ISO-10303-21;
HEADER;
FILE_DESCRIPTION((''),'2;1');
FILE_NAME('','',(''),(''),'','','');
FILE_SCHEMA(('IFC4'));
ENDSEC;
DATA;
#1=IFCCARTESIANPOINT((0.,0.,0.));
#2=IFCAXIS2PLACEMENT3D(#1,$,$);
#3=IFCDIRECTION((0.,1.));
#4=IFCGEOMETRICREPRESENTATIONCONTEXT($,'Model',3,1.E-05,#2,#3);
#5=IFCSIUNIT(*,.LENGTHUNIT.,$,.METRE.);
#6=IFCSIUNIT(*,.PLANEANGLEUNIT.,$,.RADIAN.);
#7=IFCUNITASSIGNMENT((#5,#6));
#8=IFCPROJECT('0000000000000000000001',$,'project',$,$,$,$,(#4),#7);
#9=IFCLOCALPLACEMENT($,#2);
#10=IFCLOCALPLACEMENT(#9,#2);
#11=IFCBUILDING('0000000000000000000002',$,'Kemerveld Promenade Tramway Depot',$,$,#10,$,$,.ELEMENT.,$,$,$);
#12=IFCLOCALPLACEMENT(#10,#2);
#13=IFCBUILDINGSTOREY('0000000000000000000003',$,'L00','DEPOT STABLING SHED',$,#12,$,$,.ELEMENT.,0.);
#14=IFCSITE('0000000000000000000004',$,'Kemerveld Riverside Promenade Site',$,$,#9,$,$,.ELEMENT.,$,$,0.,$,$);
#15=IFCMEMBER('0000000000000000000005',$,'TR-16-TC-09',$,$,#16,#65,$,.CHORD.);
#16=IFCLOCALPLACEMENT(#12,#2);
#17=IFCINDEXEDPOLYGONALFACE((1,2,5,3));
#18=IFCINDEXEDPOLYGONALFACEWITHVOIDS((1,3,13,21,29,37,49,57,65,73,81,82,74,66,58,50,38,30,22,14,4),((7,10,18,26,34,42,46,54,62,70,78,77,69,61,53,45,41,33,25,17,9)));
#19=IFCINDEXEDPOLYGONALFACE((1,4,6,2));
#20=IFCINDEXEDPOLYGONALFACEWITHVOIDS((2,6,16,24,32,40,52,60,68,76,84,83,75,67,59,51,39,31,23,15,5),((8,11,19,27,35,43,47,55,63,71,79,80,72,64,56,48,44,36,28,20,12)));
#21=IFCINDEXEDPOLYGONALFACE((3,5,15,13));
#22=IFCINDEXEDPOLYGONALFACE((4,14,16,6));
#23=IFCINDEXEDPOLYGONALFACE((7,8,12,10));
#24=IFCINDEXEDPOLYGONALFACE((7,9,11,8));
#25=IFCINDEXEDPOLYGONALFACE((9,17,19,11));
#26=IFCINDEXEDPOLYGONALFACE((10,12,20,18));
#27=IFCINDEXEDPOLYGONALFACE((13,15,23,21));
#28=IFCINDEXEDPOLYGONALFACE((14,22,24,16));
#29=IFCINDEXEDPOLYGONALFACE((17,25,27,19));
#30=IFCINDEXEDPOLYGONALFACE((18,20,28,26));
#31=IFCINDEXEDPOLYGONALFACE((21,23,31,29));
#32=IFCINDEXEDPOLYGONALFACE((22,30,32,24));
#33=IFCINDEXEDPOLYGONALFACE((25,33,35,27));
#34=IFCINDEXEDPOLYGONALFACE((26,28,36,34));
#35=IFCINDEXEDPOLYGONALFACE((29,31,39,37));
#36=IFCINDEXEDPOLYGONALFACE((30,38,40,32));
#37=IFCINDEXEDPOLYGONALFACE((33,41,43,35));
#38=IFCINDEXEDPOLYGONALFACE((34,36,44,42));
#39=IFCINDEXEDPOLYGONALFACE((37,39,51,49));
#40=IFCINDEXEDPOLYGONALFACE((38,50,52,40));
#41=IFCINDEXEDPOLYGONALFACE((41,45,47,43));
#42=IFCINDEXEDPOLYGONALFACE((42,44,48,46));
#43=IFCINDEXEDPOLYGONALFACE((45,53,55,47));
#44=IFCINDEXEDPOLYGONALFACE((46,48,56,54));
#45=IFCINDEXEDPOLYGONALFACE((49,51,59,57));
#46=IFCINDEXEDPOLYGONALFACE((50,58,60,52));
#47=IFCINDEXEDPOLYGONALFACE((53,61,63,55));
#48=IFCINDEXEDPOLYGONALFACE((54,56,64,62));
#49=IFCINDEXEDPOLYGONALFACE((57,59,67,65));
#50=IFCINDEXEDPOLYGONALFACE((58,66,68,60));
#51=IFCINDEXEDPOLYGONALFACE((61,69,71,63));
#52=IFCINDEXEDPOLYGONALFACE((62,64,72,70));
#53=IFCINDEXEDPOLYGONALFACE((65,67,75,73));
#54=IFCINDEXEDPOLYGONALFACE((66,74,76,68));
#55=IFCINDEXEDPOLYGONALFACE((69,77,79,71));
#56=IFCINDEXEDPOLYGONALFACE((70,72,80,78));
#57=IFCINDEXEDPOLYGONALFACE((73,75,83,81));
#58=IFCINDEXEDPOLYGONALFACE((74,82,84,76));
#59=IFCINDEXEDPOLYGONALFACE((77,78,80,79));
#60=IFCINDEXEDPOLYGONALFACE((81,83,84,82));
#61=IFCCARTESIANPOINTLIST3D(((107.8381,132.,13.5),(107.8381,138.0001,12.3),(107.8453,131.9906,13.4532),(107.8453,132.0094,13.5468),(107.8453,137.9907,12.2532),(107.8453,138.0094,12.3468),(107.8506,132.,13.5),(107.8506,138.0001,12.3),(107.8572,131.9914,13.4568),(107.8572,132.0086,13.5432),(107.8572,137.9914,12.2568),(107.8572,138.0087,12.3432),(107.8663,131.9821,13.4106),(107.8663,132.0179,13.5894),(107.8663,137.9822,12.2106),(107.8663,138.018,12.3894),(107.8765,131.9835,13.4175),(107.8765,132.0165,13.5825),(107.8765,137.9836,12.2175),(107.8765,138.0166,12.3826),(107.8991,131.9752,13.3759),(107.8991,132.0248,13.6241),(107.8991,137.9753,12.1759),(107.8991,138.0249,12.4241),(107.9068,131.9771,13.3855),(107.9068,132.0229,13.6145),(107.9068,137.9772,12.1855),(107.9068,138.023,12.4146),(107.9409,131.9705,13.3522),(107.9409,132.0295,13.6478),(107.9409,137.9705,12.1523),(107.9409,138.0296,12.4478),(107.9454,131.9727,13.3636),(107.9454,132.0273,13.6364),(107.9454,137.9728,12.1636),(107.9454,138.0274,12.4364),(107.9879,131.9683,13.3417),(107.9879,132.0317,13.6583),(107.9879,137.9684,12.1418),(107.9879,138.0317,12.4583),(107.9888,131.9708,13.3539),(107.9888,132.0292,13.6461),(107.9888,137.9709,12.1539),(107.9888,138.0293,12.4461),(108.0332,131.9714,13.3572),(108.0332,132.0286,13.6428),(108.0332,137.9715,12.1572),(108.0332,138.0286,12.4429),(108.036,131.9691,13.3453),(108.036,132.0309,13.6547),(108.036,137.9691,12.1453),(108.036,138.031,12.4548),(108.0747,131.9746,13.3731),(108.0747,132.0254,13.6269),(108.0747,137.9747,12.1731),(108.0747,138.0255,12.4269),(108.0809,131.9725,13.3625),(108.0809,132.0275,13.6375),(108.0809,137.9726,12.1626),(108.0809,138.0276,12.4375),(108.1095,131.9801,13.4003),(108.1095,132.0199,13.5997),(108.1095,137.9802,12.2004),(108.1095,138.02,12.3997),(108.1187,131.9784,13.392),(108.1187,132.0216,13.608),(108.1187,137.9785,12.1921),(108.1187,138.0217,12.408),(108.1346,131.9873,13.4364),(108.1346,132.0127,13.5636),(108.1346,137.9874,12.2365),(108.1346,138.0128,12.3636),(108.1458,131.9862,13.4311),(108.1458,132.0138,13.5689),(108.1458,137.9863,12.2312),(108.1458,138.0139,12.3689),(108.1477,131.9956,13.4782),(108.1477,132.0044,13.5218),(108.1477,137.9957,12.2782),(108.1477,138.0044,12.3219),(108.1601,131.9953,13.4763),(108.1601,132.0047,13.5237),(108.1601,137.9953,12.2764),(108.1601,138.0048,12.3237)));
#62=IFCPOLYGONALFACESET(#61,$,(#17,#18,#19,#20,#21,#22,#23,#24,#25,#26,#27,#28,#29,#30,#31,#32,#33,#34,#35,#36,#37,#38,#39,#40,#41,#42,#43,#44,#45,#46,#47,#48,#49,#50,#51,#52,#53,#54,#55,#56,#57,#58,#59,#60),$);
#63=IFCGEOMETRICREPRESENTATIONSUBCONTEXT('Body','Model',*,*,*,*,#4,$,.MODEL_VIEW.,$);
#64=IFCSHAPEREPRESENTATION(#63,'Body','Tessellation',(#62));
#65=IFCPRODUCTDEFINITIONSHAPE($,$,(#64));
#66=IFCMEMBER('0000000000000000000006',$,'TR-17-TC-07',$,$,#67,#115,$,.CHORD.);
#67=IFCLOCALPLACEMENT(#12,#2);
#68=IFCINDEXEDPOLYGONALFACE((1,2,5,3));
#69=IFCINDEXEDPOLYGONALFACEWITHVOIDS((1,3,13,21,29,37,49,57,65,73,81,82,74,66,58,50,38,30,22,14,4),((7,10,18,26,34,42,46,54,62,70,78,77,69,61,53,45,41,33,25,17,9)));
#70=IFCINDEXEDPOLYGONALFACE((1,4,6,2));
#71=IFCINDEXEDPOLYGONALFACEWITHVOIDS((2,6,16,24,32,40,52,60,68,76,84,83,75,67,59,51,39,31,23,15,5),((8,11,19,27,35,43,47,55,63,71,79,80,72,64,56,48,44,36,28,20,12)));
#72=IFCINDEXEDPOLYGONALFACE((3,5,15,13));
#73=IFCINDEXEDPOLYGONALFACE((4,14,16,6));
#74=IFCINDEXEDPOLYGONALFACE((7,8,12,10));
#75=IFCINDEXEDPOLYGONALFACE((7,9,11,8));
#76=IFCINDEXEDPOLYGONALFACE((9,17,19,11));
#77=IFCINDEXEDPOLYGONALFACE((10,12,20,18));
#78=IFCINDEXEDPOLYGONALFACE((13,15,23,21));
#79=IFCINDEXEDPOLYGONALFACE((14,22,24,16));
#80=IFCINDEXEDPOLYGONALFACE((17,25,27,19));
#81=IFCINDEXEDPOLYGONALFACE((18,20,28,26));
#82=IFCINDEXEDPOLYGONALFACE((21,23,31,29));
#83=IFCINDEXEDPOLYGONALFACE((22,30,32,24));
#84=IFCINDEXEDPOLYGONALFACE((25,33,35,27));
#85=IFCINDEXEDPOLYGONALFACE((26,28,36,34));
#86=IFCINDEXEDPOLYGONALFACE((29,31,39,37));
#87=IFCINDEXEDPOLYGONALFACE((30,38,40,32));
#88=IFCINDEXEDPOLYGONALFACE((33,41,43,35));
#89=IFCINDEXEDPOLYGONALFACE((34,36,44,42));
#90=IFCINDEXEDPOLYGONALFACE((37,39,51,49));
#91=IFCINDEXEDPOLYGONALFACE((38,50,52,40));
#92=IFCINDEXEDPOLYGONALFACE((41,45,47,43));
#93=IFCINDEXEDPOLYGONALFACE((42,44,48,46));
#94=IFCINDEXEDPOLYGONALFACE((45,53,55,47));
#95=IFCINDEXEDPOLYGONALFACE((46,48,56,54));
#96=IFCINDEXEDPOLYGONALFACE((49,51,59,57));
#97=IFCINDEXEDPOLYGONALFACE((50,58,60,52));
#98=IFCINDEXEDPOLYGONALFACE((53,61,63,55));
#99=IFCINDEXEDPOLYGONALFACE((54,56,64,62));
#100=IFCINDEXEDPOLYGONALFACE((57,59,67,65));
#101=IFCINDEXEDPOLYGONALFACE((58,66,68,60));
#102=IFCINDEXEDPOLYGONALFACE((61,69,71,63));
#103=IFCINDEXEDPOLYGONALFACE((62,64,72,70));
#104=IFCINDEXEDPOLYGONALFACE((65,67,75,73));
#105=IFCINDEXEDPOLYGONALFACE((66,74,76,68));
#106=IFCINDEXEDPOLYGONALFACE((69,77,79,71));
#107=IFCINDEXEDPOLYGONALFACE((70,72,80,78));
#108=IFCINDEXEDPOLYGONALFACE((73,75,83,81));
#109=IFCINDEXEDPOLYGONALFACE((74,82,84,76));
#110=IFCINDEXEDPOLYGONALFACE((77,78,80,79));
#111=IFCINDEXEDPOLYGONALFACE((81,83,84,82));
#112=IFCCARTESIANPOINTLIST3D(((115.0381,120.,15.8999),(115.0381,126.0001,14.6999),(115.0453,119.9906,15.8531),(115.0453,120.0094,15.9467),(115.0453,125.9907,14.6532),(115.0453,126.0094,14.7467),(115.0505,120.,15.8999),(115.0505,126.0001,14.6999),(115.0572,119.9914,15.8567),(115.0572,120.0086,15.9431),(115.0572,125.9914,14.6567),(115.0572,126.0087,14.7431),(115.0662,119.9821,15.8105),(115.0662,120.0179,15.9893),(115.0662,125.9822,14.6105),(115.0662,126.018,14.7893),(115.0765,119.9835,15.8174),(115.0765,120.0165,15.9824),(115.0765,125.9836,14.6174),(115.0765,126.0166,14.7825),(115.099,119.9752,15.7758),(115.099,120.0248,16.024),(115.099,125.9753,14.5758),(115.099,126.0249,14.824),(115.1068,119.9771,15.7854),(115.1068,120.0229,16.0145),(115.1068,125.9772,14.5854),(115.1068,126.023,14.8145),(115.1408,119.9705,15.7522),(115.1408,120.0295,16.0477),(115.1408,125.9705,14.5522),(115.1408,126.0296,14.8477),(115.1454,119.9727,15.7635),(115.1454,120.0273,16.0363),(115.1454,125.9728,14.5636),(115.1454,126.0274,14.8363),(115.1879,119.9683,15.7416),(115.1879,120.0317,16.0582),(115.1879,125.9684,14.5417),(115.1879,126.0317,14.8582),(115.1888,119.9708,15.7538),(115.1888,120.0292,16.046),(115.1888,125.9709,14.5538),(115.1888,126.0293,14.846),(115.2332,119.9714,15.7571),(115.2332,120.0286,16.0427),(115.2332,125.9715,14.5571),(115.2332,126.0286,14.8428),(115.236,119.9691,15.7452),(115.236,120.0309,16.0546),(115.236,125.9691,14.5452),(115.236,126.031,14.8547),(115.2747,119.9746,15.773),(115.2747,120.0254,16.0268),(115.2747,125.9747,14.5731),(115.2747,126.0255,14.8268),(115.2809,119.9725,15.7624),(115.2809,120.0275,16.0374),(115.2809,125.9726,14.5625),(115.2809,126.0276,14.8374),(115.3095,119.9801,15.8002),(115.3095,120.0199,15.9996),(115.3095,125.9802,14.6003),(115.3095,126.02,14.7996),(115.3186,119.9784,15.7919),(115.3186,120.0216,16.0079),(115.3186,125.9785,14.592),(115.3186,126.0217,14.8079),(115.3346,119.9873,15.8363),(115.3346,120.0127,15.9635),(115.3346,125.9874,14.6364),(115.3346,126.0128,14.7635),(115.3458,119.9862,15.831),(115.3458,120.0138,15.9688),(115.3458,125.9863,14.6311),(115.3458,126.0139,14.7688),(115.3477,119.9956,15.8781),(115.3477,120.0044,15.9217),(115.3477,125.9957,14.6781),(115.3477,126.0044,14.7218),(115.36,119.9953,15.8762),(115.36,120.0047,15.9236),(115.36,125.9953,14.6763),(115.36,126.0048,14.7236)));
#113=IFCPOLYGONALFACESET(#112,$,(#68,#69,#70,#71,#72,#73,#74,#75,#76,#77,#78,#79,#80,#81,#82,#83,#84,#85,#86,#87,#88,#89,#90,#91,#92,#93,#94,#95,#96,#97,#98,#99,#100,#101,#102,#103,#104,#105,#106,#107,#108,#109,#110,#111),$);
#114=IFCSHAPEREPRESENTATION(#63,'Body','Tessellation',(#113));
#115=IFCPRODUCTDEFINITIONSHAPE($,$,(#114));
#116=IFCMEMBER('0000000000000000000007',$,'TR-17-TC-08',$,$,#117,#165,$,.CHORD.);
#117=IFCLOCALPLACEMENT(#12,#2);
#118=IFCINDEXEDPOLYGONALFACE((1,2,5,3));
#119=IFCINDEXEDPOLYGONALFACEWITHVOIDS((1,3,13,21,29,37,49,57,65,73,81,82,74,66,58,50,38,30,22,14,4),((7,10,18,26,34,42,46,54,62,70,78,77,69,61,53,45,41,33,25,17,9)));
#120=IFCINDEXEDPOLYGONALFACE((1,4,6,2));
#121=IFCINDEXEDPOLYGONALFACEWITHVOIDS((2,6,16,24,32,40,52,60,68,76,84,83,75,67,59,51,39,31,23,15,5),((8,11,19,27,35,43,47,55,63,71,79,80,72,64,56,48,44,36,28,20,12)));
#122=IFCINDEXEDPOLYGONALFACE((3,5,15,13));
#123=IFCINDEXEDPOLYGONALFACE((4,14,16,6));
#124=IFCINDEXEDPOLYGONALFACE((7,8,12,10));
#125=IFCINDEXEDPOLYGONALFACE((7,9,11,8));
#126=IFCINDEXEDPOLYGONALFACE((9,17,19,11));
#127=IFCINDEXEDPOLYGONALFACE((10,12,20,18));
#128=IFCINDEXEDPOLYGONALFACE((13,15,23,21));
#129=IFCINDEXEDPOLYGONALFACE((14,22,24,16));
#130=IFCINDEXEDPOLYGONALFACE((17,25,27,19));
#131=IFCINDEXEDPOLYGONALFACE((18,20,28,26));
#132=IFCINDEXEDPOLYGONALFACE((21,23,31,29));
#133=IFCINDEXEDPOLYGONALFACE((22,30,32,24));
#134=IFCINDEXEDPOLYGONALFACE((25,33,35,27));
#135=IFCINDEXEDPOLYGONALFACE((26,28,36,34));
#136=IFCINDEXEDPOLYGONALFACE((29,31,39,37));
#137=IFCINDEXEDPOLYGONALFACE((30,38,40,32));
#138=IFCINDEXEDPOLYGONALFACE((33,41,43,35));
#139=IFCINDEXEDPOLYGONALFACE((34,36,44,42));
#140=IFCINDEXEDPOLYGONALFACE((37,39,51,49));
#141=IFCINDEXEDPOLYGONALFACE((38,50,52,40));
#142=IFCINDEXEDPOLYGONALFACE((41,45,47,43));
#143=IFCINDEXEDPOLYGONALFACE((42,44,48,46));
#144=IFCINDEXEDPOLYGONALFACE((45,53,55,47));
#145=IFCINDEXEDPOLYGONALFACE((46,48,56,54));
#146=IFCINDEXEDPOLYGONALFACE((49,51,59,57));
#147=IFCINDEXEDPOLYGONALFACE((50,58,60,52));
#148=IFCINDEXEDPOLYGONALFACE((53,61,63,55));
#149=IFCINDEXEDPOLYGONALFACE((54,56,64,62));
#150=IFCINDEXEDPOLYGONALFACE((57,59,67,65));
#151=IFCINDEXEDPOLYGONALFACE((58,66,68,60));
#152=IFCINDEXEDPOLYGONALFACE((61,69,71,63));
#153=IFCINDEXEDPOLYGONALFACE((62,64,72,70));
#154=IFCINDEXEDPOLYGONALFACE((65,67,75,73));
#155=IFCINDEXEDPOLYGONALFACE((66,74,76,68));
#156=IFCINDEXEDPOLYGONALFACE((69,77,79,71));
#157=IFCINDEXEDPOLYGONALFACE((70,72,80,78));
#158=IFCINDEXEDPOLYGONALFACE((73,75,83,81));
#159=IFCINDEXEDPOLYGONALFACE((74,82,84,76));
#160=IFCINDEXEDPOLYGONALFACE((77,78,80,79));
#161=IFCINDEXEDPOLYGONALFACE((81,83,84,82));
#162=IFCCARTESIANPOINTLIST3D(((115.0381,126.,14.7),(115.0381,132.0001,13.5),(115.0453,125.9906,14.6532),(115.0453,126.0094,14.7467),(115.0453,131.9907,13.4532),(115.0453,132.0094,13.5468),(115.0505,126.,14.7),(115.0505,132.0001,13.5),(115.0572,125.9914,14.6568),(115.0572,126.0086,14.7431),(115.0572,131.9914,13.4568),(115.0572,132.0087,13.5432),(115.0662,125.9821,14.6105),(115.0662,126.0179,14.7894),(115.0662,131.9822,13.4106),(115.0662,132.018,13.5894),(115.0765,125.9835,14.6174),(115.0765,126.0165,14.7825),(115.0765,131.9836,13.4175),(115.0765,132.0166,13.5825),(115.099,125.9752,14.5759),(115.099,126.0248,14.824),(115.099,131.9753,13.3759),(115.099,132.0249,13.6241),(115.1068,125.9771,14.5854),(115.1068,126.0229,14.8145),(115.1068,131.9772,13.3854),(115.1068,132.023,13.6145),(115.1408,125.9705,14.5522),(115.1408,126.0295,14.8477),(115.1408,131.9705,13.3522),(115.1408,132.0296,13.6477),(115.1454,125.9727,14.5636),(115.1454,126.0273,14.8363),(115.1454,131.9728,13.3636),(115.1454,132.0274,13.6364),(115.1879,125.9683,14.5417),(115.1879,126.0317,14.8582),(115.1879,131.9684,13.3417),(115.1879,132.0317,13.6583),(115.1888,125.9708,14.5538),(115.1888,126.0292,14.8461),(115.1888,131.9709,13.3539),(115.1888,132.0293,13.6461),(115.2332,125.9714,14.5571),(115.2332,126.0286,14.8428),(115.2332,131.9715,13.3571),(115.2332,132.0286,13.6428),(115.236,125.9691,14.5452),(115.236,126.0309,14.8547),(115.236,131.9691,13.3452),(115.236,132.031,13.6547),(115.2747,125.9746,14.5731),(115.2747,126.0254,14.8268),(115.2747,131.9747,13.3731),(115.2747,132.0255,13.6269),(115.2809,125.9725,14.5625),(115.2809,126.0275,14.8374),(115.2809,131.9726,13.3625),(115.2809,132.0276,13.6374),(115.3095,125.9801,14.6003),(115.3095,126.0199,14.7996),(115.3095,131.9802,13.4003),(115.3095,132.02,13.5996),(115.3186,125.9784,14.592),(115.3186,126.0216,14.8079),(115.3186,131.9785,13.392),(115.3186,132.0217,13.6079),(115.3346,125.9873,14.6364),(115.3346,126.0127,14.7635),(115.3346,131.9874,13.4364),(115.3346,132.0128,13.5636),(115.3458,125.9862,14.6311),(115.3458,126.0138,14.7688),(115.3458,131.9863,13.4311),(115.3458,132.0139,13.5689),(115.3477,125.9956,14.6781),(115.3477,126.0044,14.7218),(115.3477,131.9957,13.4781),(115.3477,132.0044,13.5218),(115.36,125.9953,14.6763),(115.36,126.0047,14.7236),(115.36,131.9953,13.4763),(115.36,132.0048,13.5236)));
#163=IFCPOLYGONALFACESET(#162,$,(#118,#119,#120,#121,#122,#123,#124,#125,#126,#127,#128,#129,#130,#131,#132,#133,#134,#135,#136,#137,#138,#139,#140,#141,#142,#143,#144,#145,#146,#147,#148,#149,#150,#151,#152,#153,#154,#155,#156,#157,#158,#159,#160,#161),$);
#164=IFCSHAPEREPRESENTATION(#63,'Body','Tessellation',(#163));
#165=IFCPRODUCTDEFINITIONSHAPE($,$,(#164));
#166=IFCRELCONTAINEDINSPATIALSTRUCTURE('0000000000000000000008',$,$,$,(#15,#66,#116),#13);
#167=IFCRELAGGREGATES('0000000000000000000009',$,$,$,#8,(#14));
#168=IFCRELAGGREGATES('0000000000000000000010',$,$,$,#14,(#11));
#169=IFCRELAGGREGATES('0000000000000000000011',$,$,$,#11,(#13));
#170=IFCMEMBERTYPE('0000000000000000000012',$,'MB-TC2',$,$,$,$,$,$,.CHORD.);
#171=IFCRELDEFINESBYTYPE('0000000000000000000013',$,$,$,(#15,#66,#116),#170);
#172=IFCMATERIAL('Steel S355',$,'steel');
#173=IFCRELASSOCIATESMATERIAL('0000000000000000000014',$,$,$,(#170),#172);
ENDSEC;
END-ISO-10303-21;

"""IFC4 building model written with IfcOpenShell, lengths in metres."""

from ifc_helpers import new_model, si_unit, direction, frame, origin, origin_2d, place, context, subcontext, project, spatial, hollow_circle, extrude, material, material_profile, profile_set, type_object, element, save


model = new_model("IFC4")

# Units and contexts
model_context = context("Model", 3, precision=1e-05, world=origin(), true_north=direction((0.0, 1.0)))
body_context = subcontext(model_context, "Body", "Model", "MODEL_VIEW")
ifc_project = project(units=[si_unit("LENGTHUNIT", "METRE"), si_unit("PLANEANGLEUNIT", "RADIAN")], contexts=[model_context])

# Site, building, storey
site_placement = place(None, origin())
site = spatial("IfcSite", under=ifc_project, at=site_placement, Name="Kemerveld Riverside Promenade Site", CompositionType="ELEMENT", RefElevation=0.0)
building_placement = place(site_placement, origin())
building = spatial("IfcBuilding", under=site, at=building_placement, Name="Kemerveld Promenade Tramway Depot", CompositionType="ELEMENT")
storey_placement = place(building_placement, origin())
storey = spatial("IfcBuildingStorey", under=building, at=storey_placement, Name="L00", Description="DEPOT STABLING SHED", CompositionType="ELEMENT", Elevation=0.0)

# Members
ifc_material_1 = material(Name="Steel S355", Category="steel")
ifc_material_profile_1 = material_profile(ifc_material_1, hollow_circle(Radius=0.1619, WallThickness=0.0125, at=origin_2d()), Name="323.9x12.5 CHS")
ifc_profile_set_1 = profile_set([ifc_material_profile_1], Name="Steel S355")
member_type_1 = type_object("IfcMemberType", Name="MB-TC2", PredefinedType="CHORD", material=ifc_profile_set_1)
for number, where, z_axis, x_axis, name in (
    (1, (108.0, 132.0, 13.5), (0.0, 0.980582, -0.196108), (-1.0, 0.0, 0.0), "TR-16-TC-09"),
    (2, (115.2, 120.0, 15.8999), (0.0, 0.980582, -0.196108), (-1.0, 0.0, 0.0), "TR-17-TC-07"),
    (3, (115.2, 126.0, 14.7), (0.0, 0.980582, -0.196108), (-1.0, 0.0, 0.0), "TR-17-TC-08"),
):
    element("IfcMember", number, at=place(storey_placement, frame(where, z_axis=z_axis, x_axis=x_axis)), inside=storey, type_object=member_type_1, Name=name, PredefinedType="CHORD", context=body_context, shape_type="SweptSolid", body=[
        extrude(hollow_circle(Radius=0.1619, WallThickness=0.0125, at=origin_2d()), origin(), (0.0, 0.0, 1.0), 6.1189),
    ])

save(model, "model.ifc")
